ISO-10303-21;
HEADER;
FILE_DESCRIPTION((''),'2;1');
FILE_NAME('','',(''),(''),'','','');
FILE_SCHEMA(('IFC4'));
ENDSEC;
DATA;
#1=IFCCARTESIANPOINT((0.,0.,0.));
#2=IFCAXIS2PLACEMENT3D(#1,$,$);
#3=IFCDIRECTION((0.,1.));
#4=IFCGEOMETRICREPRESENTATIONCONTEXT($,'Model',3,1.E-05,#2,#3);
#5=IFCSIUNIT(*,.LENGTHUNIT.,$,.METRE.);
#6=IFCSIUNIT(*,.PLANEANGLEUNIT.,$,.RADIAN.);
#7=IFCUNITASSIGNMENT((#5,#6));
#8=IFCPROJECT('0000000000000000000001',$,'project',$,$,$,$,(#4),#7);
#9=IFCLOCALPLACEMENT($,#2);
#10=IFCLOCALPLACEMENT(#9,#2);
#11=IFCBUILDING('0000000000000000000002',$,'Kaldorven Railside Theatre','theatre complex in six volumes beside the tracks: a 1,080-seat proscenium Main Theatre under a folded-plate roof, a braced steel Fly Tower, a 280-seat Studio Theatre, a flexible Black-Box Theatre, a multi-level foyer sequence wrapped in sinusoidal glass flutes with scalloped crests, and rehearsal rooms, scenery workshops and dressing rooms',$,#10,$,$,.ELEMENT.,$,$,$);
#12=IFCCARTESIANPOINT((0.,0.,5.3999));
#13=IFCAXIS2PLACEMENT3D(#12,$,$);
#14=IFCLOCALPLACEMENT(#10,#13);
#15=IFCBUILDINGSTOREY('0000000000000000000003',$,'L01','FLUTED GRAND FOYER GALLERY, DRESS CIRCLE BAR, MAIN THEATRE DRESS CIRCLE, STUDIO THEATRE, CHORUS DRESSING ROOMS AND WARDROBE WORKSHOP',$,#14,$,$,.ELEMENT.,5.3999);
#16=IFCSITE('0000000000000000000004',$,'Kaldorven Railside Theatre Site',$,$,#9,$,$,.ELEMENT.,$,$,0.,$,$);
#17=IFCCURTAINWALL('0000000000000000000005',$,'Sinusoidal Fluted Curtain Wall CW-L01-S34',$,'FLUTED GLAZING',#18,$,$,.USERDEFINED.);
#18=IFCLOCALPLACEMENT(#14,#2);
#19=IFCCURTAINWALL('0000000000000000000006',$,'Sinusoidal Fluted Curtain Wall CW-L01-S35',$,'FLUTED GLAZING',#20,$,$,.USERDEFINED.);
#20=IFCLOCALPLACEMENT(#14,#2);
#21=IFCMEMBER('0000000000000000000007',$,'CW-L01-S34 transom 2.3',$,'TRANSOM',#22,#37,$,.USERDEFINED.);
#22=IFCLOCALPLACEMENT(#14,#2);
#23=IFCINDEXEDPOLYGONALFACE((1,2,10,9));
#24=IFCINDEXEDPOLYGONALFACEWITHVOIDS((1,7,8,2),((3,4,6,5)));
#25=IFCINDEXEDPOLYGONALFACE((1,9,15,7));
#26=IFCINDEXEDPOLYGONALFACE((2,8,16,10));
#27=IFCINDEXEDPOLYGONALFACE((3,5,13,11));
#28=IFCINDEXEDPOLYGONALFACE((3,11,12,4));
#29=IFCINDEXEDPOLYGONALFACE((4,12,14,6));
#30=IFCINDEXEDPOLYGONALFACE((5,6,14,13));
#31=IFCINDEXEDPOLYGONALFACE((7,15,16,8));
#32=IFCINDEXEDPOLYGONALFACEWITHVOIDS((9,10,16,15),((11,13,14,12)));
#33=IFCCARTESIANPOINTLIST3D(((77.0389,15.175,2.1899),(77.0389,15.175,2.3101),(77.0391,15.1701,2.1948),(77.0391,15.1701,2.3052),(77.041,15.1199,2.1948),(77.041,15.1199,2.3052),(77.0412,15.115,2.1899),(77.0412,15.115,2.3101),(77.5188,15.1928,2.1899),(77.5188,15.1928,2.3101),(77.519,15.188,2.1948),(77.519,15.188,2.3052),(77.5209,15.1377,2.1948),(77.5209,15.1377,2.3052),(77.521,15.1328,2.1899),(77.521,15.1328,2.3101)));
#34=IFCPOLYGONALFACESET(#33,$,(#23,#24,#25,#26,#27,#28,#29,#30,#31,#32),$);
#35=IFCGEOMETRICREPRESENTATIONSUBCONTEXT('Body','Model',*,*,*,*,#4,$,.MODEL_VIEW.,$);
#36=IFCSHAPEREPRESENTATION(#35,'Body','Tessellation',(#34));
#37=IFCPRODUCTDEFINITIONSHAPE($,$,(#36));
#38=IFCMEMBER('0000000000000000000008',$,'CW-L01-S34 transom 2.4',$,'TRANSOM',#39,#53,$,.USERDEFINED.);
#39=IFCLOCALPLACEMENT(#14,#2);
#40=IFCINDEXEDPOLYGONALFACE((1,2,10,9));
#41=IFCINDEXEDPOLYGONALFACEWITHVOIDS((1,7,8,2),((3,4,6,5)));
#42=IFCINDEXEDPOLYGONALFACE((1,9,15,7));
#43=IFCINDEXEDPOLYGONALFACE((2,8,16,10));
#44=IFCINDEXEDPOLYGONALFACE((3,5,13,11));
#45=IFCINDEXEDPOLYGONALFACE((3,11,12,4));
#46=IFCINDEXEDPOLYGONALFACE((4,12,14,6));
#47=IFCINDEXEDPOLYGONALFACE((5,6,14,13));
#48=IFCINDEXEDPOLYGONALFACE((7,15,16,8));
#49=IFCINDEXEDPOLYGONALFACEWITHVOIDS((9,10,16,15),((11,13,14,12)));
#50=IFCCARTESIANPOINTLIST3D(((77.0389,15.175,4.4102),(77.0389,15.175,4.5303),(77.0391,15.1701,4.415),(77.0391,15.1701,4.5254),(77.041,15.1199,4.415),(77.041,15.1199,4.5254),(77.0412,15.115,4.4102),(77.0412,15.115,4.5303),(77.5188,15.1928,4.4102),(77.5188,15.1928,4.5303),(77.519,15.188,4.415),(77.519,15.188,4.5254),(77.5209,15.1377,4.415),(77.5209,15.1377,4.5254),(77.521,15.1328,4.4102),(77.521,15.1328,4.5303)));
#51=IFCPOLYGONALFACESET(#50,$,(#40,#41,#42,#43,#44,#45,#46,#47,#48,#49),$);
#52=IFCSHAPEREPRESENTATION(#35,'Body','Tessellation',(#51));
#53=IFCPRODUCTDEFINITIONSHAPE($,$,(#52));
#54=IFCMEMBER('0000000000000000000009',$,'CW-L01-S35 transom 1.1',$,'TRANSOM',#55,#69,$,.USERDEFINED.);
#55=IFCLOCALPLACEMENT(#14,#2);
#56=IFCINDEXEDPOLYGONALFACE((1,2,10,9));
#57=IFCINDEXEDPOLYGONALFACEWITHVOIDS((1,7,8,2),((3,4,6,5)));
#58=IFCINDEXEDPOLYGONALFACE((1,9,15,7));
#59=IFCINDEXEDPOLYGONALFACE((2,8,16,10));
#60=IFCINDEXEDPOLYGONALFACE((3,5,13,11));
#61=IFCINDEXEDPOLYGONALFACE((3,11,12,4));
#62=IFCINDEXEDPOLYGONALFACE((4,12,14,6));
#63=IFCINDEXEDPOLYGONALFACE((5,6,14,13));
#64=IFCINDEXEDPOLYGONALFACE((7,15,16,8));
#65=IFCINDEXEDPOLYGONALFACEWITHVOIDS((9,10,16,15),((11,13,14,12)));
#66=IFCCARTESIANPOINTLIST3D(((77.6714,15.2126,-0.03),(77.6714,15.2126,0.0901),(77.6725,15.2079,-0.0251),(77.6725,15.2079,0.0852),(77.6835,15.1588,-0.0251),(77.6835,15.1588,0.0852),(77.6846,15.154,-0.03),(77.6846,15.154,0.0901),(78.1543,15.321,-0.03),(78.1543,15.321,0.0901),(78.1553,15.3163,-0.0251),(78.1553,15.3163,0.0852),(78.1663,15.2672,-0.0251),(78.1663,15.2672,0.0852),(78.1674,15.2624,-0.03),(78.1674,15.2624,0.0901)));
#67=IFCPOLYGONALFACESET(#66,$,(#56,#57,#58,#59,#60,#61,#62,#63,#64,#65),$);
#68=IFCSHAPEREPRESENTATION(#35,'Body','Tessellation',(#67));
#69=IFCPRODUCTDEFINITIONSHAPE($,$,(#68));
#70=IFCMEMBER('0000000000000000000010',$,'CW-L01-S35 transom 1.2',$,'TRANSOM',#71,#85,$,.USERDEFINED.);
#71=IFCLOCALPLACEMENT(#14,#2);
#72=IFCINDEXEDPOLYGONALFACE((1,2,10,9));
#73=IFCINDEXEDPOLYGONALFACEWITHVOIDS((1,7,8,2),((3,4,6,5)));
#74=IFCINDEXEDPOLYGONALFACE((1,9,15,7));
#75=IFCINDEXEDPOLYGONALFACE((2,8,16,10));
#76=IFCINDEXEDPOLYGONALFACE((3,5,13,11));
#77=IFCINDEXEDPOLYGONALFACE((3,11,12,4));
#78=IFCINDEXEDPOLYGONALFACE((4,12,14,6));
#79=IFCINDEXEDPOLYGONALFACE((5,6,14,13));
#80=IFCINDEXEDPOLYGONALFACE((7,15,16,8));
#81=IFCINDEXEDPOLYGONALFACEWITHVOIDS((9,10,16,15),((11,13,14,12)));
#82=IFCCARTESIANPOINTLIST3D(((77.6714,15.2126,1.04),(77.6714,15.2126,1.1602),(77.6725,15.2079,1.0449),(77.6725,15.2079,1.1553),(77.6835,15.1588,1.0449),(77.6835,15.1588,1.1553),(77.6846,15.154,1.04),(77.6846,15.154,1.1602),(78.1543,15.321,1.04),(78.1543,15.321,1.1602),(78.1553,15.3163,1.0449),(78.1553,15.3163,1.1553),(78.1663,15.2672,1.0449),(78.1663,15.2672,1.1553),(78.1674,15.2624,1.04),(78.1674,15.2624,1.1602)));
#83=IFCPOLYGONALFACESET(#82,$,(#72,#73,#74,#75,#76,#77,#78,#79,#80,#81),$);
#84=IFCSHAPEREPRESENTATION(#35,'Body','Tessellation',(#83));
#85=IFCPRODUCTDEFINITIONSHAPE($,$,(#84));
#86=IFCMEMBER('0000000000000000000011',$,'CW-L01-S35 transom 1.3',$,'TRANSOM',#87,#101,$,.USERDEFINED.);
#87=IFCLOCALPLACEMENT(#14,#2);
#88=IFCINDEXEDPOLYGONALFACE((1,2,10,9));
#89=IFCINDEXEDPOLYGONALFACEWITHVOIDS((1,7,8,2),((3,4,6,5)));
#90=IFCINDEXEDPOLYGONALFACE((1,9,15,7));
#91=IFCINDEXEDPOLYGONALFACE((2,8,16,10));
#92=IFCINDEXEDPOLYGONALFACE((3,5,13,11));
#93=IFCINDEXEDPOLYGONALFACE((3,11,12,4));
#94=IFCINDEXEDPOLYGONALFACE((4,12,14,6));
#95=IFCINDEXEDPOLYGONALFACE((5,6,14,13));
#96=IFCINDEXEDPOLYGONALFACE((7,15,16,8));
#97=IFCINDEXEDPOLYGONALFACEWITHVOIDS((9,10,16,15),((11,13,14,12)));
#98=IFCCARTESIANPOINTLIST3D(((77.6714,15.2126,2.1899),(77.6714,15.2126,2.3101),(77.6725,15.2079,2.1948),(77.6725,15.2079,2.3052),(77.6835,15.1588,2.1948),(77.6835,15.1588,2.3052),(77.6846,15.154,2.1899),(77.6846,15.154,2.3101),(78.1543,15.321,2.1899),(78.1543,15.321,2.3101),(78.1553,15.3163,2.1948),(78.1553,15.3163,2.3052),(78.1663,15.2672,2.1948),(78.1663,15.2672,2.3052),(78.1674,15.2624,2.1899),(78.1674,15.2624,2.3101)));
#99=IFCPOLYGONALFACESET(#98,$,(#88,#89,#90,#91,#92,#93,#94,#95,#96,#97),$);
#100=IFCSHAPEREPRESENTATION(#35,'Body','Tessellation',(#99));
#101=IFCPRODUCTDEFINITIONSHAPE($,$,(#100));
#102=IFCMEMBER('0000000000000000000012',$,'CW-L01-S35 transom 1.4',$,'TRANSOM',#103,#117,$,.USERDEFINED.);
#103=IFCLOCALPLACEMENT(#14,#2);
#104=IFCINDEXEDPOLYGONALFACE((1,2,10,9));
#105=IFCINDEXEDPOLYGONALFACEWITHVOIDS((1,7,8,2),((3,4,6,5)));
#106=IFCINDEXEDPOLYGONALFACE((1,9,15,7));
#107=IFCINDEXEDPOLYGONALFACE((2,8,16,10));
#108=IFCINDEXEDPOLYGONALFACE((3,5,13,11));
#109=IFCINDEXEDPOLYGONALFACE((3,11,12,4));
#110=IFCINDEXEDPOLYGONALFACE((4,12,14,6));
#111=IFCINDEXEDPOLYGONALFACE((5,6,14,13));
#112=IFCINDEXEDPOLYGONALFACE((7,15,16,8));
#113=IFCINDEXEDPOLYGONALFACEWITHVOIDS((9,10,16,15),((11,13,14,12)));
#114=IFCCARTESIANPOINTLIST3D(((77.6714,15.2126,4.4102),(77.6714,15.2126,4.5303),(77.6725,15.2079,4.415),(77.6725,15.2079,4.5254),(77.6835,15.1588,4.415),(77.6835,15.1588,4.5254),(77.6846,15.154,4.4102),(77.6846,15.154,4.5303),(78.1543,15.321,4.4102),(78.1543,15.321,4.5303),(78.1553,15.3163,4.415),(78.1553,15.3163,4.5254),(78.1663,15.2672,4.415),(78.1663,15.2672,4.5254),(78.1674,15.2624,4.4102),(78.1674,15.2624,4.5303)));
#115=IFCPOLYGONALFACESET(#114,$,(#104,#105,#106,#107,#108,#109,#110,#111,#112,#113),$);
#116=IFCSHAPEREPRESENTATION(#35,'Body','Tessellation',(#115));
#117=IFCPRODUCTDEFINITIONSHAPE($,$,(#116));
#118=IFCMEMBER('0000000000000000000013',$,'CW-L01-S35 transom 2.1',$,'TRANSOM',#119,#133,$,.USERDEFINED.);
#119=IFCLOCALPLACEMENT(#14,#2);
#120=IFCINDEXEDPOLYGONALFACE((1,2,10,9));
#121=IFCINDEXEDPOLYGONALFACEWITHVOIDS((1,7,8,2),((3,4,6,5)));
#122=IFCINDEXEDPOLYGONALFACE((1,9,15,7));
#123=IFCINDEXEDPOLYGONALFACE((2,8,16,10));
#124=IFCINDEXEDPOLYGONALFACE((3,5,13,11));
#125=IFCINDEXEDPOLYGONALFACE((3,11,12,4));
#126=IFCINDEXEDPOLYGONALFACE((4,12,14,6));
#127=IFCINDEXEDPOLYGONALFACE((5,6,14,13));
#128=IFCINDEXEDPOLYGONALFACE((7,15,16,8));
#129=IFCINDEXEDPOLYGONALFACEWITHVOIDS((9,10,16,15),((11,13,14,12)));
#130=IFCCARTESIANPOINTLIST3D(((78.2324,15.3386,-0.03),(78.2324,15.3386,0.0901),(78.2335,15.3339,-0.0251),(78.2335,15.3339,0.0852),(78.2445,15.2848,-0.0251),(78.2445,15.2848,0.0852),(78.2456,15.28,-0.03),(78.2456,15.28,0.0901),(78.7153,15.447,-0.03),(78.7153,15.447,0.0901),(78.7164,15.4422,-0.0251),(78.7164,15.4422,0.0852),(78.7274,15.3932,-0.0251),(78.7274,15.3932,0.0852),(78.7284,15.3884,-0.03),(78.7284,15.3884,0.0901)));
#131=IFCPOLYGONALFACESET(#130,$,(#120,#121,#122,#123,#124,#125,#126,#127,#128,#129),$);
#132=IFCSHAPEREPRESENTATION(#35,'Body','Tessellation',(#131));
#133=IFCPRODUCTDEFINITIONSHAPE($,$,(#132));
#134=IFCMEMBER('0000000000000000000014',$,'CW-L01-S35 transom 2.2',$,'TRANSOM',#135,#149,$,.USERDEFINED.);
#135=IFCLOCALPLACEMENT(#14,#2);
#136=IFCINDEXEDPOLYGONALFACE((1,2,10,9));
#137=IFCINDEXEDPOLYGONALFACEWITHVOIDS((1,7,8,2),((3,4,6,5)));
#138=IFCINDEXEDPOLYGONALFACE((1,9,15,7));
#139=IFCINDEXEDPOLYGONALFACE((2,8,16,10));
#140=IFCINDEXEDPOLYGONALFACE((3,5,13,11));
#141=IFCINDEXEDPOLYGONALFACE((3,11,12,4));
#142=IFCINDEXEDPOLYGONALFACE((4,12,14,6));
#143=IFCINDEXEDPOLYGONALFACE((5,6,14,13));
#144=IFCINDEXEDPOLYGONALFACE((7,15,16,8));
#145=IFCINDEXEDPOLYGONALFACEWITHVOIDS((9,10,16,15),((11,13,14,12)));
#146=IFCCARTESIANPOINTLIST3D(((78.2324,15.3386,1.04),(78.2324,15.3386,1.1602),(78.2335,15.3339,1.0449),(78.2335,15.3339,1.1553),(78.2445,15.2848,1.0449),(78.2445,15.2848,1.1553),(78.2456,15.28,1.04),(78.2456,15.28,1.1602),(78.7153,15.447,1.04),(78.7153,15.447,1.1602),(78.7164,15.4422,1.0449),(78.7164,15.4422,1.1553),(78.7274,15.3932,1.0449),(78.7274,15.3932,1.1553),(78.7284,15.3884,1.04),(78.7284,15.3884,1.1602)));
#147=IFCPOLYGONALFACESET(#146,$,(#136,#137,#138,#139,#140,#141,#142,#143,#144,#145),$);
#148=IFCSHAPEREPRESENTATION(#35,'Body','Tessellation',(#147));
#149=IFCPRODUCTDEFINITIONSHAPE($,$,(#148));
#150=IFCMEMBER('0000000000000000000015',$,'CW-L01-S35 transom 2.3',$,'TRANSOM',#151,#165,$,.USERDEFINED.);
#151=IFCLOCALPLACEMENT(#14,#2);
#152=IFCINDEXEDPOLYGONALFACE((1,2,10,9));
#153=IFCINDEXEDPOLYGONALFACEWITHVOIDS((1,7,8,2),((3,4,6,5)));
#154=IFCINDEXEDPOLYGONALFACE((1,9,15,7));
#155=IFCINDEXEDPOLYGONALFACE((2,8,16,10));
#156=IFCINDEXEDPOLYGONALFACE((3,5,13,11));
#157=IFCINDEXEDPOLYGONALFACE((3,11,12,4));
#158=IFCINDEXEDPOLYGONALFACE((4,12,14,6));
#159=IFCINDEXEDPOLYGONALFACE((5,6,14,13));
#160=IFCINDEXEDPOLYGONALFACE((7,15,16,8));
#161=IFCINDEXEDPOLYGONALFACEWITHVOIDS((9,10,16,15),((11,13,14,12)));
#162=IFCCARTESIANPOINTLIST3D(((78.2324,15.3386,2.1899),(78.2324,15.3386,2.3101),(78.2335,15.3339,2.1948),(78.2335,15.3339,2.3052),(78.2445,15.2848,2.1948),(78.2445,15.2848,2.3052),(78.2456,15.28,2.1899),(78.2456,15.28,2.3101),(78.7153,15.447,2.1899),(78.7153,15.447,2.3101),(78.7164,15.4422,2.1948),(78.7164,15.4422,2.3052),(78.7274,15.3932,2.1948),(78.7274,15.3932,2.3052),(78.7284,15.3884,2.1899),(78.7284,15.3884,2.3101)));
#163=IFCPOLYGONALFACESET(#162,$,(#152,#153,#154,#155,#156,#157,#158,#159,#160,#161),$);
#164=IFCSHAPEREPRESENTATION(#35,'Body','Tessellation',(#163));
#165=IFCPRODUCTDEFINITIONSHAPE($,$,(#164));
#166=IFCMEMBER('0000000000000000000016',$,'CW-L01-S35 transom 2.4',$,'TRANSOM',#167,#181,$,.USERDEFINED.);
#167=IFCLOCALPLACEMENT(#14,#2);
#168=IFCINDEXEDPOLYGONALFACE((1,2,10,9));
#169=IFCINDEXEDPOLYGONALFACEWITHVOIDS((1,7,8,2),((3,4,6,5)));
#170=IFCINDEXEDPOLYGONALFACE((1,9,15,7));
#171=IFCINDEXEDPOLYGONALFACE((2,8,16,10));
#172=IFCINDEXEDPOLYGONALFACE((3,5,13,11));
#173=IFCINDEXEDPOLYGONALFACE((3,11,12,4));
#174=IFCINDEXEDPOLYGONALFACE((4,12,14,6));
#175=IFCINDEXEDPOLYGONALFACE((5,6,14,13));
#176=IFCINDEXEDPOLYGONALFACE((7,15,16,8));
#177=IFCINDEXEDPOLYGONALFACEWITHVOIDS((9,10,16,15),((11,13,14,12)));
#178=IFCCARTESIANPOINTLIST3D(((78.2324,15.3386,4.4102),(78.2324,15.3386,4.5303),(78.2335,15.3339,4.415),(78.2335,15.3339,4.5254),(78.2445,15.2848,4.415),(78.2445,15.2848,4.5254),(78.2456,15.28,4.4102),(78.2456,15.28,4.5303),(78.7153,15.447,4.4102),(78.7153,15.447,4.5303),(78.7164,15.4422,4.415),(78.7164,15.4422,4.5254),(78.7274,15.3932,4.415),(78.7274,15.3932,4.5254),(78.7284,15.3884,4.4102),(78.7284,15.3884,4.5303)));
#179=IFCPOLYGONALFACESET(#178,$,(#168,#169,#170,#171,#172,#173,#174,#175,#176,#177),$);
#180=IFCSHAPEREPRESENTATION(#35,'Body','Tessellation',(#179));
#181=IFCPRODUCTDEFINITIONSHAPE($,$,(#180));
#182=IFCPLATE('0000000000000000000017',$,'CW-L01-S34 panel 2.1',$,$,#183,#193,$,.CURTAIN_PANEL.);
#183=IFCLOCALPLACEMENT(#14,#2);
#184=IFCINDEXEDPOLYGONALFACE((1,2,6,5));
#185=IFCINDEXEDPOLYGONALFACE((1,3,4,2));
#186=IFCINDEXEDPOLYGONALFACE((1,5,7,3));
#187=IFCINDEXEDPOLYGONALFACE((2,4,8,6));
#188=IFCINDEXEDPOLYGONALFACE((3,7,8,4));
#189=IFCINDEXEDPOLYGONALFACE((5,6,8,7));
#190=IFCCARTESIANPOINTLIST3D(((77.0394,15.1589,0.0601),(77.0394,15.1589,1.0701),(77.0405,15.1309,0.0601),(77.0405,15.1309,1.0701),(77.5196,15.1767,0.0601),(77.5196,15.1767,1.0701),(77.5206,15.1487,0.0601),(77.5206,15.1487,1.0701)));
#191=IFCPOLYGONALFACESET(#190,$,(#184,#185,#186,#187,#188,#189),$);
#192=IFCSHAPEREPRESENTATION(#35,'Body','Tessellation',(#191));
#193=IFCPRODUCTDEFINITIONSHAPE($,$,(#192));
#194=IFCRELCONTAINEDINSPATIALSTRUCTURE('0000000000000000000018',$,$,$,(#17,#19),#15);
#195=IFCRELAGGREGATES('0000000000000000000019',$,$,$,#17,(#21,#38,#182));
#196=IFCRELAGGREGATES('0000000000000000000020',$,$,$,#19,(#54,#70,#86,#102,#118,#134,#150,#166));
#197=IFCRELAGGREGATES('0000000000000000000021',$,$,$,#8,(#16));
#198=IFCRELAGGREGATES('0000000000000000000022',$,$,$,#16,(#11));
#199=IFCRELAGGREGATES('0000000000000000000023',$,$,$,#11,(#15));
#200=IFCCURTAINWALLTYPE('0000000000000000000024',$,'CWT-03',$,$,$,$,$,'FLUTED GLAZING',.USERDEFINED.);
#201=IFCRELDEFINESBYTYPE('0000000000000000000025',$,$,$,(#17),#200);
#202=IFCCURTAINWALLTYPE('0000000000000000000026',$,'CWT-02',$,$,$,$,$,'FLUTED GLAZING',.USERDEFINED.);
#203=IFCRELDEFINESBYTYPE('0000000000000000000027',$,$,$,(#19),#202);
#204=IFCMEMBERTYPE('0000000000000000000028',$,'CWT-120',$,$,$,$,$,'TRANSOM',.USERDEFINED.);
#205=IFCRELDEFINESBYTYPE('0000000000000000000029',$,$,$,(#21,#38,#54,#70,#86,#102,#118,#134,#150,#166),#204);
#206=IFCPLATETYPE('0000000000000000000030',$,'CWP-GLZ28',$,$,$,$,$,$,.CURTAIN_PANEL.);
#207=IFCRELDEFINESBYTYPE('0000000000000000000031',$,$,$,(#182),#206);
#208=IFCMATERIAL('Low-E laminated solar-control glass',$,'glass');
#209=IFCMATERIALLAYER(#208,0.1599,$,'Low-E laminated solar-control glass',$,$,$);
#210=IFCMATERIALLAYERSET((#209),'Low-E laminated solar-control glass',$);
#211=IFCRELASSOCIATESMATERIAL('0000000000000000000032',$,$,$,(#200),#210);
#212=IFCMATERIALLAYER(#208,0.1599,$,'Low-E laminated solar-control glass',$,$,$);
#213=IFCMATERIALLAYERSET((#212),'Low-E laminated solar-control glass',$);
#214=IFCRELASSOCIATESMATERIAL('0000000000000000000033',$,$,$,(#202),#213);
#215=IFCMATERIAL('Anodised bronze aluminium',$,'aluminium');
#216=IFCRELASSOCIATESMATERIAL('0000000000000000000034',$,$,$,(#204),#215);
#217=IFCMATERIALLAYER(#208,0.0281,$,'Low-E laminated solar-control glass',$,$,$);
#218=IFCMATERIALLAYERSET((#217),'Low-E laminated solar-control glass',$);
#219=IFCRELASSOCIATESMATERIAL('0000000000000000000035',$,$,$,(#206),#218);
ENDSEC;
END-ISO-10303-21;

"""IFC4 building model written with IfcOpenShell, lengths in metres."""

from ifc_helpers import new_model, si_unit, direction, frame, origin, origin_2d, place, context, subcontext, project, spatial, rectangle, hollow_rectangle, extrude, material, layer, layer_set, material_profile, profile_set, type_object, element, aggregate, save


model = new_model("IFC4")

# Units and contexts
model_context = context("Model", 3, precision=1e-05, world=origin(), true_north=direction((0.0, 1.0)))
body_context = subcontext(model_context, "Body", "Model", "MODEL_VIEW")
ifc_project = project(units=[si_unit("LENGTHUNIT", "METRE"), si_unit("PLANEANGLEUNIT", "RADIAN")], contexts=[model_context])

# Site, building, storey
site_placement = place(None, origin())
site = spatial("IfcSite", under=ifc_project, at=site_placement, Name="Kaldorven Railside Theatre Site", CompositionType="ELEMENT", RefElevation=0.0)
building_placement = place(site_placement, origin())
building = spatial("IfcBuilding", under=site, at=building_placement, Name="Kaldorven Railside Theatre", Description="theatre complex in six volumes beside the tracks: a 1,080-seat proscenium Main Theatre under a folded-plate roof, a braced steel Fly Tower, a 280-seat Studio Theatre, a flexible Black-Box Theatre, a multi-level foyer sequence wrapped in sinusoidal glass flutes with scalloped crests, and rehearsal rooms, scenery workshops and dressing rooms", CompositionType="ELEMENT")
storey_placement = place(building_placement, frame((0.0, 0.0, 5.3999)))
storey = spatial("IfcBuildingStorey", under=building, at=storey_placement, Name="L01", Description="FLUTED GRAND FOYER GALLERY, DRESS CIRCLE BAR, MAIN THEATRE DRESS CIRCLE, STUDIO THEATRE, CHORUS DRESSING ROOMS AND WARDROBE WORKSHOP", CompositionType="ELEMENT", Elevation=5.3999)

# Curtain wall
ifc_material_1 = material(Name="Low-E laminated solar-control glass", Category="glass")
ifc_layer_1 = layer(ifc_material_1, 0.1599, Name="Low-E laminated solar-control glass")
ifc_layer_set_1 = layer_set([ifc_layer_1], Name="Low-E laminated solar-control glass")
curtain_wall_type_1 = type_object("IfcCurtainWallType", Name="CWT-03", ElementType="FLUTED GLAZING", PredefinedType="USERDEFINED", material=ifc_layer_set_1)
curtain_wall_1_placement = place(storey_placement, origin())
curtain_wall_1 = element("IfcCurtainWall", 1, at=curtain_wall_1_placement, inside=storey, type_object=curtain_wall_type_1, Name="Sinusoidal Fluted Curtain Wall CW-L01-S34", ObjectType="FLUTED GLAZING", PredefinedType="USERDEFINED")
ifc_material_2 = material(Name="Anodised bronze aluminium", Category="aluminium")

# Curtain wall
ifc_layer_2 = layer(ifc_material_1, 0.1599, Name="Low-E laminated solar-control glass")
ifc_layer_set_2 = layer_set([ifc_layer_2], Name="Low-E laminated solar-control glass")
curtain_wall_type_2 = type_object("IfcCurtainWallType", Name="CWT-02", ElementType="FLUTED GLAZING", PredefinedType="USERDEFINED", material=ifc_layer_set_2)
curtain_wall_2_placement = place(storey_placement, origin())
curtain_wall_2 = element("IfcCurtainWall", 2, at=curtain_wall_2_placement, inside=storey, type_object=curtain_wall_type_2, Name="Sinusoidal Fluted Curtain Wall CW-L01-S35", ObjectType="FLUTED GLAZING", PredefinedType="USERDEFINED")

# Members
ifc_material_profile_1 = material_profile(ifc_material_2, hollow_rectangle(XDim=0.0601, YDim=0.1201, WallThickness=0.0049, at=origin_2d()), Name="RHS 120x60x5")
ifc_profile_set_1 = profile_set([ifc_material_profile_1], Name="Anodised bronze aluminium")
member_type_1 = type_object("IfcMemberType", Name="CWT-120", ElementType="TRANSOM", PredefinedType="USERDEFINED", material=ifc_profile_set_1)
member_1_placement = place(storey_placement, frame((77.04, 15.145, 2.25), z_axis=(0.999311, 0.037106, 0.0), x_axis=(-0.037106, 0.999311, 0.0)))
member_1 = element("IfcMember", 3, at=member_1_placement, type_object=member_type_1, Name="CW-L01-S34 transom 2.3", ObjectType="TRANSOM", PredefinedType="USERDEFINED", context=body_context, shape_type="SweptSolid", body=[
    extrude(hollow_rectangle(XDim=0.0601, YDim=0.1201, WallThickness=0.0049, at=origin_2d()), origin(), (0.0, 0.0, 1.0), 0.4802),
])
member_2_placement = place(storey_placement, frame((77.04, 15.145, 4.4702), z_axis=(0.999311, 0.037106, 0.0), x_axis=(-0.037106, 0.999311, 0.0)))
member_2 = element("IfcMember", 4, at=member_2_placement, type_object=member_type_1, Name="CW-L01-S34 transom 2.4", ObjectType="TRANSOM", PredefinedType="USERDEFINED", context=body_context, shape_type="SweptSolid", body=[
    extrude(hollow_rectangle(XDim=0.0601, YDim=0.1201, WallThickness=0.0049, at=origin_2d()), origin(), (0.0, 0.0, 1.0), 0.4802),
])
member_3_placement = place(storey_placement, frame((77.678, 15.1833, 0.03), z_axis=(0.975721, 0.219019, 0.0), x_axis=(-0.219019, 0.975721, 0.0)))
member_3 = element("IfcMember", 5, at=member_3_placement, type_object=member_type_1, Name="CW-L01-S35 transom 1.1", ObjectType="TRANSOM", PredefinedType="USERDEFINED", context=body_context, shape_type="SweptSolid", body=[
    extrude(hollow_rectangle(XDim=0.0601, YDim=0.1201, WallThickness=0.0049, at=origin_2d()), origin(), (0.0, 0.0, 1.0), 0.4949),
])
member_4_placement = place(storey_placement, frame((77.678, 15.1833, 1.1001), z_axis=(0.975721, 0.219019, 0.0), x_axis=(-0.219019, 0.975721, 0.0)))
member_4 = element("IfcMember", 6, at=member_4_placement, type_object=member_type_1, Name="CW-L01-S35 transom 1.2", ObjectType="TRANSOM", PredefinedType="USERDEFINED", context=body_context, shape_type="SweptSolid", body=[
    extrude(hollow_rectangle(XDim=0.0601, YDim=0.1201, WallThickness=0.0049, at=origin_2d()), origin(), (0.0, 0.0, 1.0), 0.4949),
])
member_5_placement = place(storey_placement, frame((77.678, 15.1833, 2.25), z_axis=(0.975721, 0.219019, 0.0), x_axis=(-0.219019, 0.975721, 0.0)))
member_5 = element("IfcMember", 7, at=member_5_placement, type_object=member_type_1, Name="CW-L01-S35 transom 1.3", ObjectType="TRANSOM", PredefinedType="USERDEFINED", context=body_context, shape_type="SweptSolid", body=[
    extrude(hollow_rectangle(XDim=0.0601, YDim=0.1201, WallThickness=0.0049, at=origin_2d()), origin(), (0.0, 0.0, 1.0), 0.4949),
])
member_6_placement = place(storey_placement, frame((77.678, 15.1833, 4.4702), z_axis=(0.975721, 0.219019, 0.0), x_axis=(-0.219019, 0.975721, 0.0)))
member_6 = element("IfcMember", 8, at=member_6_placement, type_object=member_type_1, Name="CW-L01-S35 transom 1.4", ObjectType="TRANSOM", PredefinedType="USERDEFINED", context=body_context, shape_type="SweptSolid", body=[
    extrude(hollow_rectangle(XDim=0.0601, YDim=0.1201, WallThickness=0.0049, at=origin_2d()), origin(), (0.0, 0.0, 1.0), 0.4949),
])
member_7_placement = place(storey_placement, frame((78.239, 15.3093, 0.03), z_axis=(0.975721, 0.219019, 0.0), x_axis=(-0.219019, 0.975721, 0.0)))
member_7 = element("IfcMember", 9, at=member_7_placement, type_object=member_type_1, Name="CW-L01-S35 transom 2.1", ObjectType="TRANSOM", PredefinedType="USERDEFINED", context=body_context, shape_type="SweptSolid", body=[
    extrude(hollow_rectangle(XDim=0.0601, YDim=0.1201, WallThickness=0.0049, at=origin_2d()), origin(), (0.0, 0.0, 1.0), 0.4949),
])
member_8_placement = place(storey_placement, frame((78.239, 15.3093, 1.1001), z_axis=(0.975721, 0.219019, 0.0), x_axis=(-0.219019, 0.975721, 0.0)))
member_8 = element("IfcMember", 10, at=member_8_placement, type_object=member_type_1, Name="CW-L01-S35 transom 2.2", ObjectType="TRANSOM", PredefinedType="USERDEFINED", context=body_context, shape_type="SweptSolid", body=[
    extrude(hollow_rectangle(XDim=0.0601, YDim=0.1201, WallThickness=0.0049, at=origin_2d()), origin(), (0.0, 0.0, 1.0), 0.4949),
])
member_9_placement = place(storey_placement, frame((78.239, 15.3093, 2.25), z_axis=(0.975721, 0.219019, 0.0), x_axis=(-0.219019, 0.975721, 0.0)))
member_9 = element("IfcMember", 11, at=member_9_placement, type_object=member_type_1, Name="CW-L01-S35 transom 2.3", ObjectType="TRANSOM", PredefinedType="USERDEFINED", context=body_context, shape_type="SweptSolid", body=[
    extrude(hollow_rectangle(XDim=0.0601, YDim=0.1201, WallThickness=0.0049, at=origin_2d()), origin(), (0.0, 0.0, 1.0), 0.4949),
])
member_10_placement = place(storey_placement, frame((78.239, 15.3093, 4.4702), z_axis=(0.975721, 0.219019, 0.0), x_axis=(-0.219019, 0.975721, 0.0)))
member_10 = element("IfcMember", 12, at=member_10_placement, type_object=member_type_1, Name="CW-L01-S35 transom 2.4", ObjectType="TRANSOM", PredefinedType="USERDEFINED", context=body_context, shape_type="SweptSolid", body=[
    extrude(hollow_rectangle(XDim=0.0601, YDim=0.1201, WallThickness=0.0049, at=origin_2d()), origin(), (0.0, 0.0, 1.0), 0.4949),
])

# Plate
ifc_layer_3 = layer(ifc_material_1, 0.0281, Name="Low-E laminated solar-control glass")
ifc_layer_set_3 = layer_set([ifc_layer_3], Name="Low-E laminated solar-control glass")
plate_type = type_object("IfcPlateType", Name="CWP-GLZ28", PredefinedType="CURTAIN_PANEL", material=ifc_layer_set_3)
plate_1_placement = place(storey_placement, frame((77.28, 15.1538, 0.0601), z_axis=(0.0, 0.0, 1.0), x_axis=(0.999313, 0.037058, 0.0)))
plate_1 = element("IfcPlate", 13, at=plate_1_placement, type_object=plate_type, Name="CW-L01-S34 panel 2.1", PredefinedType="CURTAIN_PANEL", context=body_context, shape_type="SweptSolid", body=[
    extrude(rectangle(XDim=0.4805, YDim=0.0281, at=origin_2d()), origin(), (0.0, 0.0, 1.0), 1.01),
])
aggregate(curtain_wall_1, [member_1, member_2, plate_1])
aggregate(curtain_wall_2, [member_3, member_4, member_5, member_6, member_7, member_8, member_9, member_10])

save(model, "model.ifc")
